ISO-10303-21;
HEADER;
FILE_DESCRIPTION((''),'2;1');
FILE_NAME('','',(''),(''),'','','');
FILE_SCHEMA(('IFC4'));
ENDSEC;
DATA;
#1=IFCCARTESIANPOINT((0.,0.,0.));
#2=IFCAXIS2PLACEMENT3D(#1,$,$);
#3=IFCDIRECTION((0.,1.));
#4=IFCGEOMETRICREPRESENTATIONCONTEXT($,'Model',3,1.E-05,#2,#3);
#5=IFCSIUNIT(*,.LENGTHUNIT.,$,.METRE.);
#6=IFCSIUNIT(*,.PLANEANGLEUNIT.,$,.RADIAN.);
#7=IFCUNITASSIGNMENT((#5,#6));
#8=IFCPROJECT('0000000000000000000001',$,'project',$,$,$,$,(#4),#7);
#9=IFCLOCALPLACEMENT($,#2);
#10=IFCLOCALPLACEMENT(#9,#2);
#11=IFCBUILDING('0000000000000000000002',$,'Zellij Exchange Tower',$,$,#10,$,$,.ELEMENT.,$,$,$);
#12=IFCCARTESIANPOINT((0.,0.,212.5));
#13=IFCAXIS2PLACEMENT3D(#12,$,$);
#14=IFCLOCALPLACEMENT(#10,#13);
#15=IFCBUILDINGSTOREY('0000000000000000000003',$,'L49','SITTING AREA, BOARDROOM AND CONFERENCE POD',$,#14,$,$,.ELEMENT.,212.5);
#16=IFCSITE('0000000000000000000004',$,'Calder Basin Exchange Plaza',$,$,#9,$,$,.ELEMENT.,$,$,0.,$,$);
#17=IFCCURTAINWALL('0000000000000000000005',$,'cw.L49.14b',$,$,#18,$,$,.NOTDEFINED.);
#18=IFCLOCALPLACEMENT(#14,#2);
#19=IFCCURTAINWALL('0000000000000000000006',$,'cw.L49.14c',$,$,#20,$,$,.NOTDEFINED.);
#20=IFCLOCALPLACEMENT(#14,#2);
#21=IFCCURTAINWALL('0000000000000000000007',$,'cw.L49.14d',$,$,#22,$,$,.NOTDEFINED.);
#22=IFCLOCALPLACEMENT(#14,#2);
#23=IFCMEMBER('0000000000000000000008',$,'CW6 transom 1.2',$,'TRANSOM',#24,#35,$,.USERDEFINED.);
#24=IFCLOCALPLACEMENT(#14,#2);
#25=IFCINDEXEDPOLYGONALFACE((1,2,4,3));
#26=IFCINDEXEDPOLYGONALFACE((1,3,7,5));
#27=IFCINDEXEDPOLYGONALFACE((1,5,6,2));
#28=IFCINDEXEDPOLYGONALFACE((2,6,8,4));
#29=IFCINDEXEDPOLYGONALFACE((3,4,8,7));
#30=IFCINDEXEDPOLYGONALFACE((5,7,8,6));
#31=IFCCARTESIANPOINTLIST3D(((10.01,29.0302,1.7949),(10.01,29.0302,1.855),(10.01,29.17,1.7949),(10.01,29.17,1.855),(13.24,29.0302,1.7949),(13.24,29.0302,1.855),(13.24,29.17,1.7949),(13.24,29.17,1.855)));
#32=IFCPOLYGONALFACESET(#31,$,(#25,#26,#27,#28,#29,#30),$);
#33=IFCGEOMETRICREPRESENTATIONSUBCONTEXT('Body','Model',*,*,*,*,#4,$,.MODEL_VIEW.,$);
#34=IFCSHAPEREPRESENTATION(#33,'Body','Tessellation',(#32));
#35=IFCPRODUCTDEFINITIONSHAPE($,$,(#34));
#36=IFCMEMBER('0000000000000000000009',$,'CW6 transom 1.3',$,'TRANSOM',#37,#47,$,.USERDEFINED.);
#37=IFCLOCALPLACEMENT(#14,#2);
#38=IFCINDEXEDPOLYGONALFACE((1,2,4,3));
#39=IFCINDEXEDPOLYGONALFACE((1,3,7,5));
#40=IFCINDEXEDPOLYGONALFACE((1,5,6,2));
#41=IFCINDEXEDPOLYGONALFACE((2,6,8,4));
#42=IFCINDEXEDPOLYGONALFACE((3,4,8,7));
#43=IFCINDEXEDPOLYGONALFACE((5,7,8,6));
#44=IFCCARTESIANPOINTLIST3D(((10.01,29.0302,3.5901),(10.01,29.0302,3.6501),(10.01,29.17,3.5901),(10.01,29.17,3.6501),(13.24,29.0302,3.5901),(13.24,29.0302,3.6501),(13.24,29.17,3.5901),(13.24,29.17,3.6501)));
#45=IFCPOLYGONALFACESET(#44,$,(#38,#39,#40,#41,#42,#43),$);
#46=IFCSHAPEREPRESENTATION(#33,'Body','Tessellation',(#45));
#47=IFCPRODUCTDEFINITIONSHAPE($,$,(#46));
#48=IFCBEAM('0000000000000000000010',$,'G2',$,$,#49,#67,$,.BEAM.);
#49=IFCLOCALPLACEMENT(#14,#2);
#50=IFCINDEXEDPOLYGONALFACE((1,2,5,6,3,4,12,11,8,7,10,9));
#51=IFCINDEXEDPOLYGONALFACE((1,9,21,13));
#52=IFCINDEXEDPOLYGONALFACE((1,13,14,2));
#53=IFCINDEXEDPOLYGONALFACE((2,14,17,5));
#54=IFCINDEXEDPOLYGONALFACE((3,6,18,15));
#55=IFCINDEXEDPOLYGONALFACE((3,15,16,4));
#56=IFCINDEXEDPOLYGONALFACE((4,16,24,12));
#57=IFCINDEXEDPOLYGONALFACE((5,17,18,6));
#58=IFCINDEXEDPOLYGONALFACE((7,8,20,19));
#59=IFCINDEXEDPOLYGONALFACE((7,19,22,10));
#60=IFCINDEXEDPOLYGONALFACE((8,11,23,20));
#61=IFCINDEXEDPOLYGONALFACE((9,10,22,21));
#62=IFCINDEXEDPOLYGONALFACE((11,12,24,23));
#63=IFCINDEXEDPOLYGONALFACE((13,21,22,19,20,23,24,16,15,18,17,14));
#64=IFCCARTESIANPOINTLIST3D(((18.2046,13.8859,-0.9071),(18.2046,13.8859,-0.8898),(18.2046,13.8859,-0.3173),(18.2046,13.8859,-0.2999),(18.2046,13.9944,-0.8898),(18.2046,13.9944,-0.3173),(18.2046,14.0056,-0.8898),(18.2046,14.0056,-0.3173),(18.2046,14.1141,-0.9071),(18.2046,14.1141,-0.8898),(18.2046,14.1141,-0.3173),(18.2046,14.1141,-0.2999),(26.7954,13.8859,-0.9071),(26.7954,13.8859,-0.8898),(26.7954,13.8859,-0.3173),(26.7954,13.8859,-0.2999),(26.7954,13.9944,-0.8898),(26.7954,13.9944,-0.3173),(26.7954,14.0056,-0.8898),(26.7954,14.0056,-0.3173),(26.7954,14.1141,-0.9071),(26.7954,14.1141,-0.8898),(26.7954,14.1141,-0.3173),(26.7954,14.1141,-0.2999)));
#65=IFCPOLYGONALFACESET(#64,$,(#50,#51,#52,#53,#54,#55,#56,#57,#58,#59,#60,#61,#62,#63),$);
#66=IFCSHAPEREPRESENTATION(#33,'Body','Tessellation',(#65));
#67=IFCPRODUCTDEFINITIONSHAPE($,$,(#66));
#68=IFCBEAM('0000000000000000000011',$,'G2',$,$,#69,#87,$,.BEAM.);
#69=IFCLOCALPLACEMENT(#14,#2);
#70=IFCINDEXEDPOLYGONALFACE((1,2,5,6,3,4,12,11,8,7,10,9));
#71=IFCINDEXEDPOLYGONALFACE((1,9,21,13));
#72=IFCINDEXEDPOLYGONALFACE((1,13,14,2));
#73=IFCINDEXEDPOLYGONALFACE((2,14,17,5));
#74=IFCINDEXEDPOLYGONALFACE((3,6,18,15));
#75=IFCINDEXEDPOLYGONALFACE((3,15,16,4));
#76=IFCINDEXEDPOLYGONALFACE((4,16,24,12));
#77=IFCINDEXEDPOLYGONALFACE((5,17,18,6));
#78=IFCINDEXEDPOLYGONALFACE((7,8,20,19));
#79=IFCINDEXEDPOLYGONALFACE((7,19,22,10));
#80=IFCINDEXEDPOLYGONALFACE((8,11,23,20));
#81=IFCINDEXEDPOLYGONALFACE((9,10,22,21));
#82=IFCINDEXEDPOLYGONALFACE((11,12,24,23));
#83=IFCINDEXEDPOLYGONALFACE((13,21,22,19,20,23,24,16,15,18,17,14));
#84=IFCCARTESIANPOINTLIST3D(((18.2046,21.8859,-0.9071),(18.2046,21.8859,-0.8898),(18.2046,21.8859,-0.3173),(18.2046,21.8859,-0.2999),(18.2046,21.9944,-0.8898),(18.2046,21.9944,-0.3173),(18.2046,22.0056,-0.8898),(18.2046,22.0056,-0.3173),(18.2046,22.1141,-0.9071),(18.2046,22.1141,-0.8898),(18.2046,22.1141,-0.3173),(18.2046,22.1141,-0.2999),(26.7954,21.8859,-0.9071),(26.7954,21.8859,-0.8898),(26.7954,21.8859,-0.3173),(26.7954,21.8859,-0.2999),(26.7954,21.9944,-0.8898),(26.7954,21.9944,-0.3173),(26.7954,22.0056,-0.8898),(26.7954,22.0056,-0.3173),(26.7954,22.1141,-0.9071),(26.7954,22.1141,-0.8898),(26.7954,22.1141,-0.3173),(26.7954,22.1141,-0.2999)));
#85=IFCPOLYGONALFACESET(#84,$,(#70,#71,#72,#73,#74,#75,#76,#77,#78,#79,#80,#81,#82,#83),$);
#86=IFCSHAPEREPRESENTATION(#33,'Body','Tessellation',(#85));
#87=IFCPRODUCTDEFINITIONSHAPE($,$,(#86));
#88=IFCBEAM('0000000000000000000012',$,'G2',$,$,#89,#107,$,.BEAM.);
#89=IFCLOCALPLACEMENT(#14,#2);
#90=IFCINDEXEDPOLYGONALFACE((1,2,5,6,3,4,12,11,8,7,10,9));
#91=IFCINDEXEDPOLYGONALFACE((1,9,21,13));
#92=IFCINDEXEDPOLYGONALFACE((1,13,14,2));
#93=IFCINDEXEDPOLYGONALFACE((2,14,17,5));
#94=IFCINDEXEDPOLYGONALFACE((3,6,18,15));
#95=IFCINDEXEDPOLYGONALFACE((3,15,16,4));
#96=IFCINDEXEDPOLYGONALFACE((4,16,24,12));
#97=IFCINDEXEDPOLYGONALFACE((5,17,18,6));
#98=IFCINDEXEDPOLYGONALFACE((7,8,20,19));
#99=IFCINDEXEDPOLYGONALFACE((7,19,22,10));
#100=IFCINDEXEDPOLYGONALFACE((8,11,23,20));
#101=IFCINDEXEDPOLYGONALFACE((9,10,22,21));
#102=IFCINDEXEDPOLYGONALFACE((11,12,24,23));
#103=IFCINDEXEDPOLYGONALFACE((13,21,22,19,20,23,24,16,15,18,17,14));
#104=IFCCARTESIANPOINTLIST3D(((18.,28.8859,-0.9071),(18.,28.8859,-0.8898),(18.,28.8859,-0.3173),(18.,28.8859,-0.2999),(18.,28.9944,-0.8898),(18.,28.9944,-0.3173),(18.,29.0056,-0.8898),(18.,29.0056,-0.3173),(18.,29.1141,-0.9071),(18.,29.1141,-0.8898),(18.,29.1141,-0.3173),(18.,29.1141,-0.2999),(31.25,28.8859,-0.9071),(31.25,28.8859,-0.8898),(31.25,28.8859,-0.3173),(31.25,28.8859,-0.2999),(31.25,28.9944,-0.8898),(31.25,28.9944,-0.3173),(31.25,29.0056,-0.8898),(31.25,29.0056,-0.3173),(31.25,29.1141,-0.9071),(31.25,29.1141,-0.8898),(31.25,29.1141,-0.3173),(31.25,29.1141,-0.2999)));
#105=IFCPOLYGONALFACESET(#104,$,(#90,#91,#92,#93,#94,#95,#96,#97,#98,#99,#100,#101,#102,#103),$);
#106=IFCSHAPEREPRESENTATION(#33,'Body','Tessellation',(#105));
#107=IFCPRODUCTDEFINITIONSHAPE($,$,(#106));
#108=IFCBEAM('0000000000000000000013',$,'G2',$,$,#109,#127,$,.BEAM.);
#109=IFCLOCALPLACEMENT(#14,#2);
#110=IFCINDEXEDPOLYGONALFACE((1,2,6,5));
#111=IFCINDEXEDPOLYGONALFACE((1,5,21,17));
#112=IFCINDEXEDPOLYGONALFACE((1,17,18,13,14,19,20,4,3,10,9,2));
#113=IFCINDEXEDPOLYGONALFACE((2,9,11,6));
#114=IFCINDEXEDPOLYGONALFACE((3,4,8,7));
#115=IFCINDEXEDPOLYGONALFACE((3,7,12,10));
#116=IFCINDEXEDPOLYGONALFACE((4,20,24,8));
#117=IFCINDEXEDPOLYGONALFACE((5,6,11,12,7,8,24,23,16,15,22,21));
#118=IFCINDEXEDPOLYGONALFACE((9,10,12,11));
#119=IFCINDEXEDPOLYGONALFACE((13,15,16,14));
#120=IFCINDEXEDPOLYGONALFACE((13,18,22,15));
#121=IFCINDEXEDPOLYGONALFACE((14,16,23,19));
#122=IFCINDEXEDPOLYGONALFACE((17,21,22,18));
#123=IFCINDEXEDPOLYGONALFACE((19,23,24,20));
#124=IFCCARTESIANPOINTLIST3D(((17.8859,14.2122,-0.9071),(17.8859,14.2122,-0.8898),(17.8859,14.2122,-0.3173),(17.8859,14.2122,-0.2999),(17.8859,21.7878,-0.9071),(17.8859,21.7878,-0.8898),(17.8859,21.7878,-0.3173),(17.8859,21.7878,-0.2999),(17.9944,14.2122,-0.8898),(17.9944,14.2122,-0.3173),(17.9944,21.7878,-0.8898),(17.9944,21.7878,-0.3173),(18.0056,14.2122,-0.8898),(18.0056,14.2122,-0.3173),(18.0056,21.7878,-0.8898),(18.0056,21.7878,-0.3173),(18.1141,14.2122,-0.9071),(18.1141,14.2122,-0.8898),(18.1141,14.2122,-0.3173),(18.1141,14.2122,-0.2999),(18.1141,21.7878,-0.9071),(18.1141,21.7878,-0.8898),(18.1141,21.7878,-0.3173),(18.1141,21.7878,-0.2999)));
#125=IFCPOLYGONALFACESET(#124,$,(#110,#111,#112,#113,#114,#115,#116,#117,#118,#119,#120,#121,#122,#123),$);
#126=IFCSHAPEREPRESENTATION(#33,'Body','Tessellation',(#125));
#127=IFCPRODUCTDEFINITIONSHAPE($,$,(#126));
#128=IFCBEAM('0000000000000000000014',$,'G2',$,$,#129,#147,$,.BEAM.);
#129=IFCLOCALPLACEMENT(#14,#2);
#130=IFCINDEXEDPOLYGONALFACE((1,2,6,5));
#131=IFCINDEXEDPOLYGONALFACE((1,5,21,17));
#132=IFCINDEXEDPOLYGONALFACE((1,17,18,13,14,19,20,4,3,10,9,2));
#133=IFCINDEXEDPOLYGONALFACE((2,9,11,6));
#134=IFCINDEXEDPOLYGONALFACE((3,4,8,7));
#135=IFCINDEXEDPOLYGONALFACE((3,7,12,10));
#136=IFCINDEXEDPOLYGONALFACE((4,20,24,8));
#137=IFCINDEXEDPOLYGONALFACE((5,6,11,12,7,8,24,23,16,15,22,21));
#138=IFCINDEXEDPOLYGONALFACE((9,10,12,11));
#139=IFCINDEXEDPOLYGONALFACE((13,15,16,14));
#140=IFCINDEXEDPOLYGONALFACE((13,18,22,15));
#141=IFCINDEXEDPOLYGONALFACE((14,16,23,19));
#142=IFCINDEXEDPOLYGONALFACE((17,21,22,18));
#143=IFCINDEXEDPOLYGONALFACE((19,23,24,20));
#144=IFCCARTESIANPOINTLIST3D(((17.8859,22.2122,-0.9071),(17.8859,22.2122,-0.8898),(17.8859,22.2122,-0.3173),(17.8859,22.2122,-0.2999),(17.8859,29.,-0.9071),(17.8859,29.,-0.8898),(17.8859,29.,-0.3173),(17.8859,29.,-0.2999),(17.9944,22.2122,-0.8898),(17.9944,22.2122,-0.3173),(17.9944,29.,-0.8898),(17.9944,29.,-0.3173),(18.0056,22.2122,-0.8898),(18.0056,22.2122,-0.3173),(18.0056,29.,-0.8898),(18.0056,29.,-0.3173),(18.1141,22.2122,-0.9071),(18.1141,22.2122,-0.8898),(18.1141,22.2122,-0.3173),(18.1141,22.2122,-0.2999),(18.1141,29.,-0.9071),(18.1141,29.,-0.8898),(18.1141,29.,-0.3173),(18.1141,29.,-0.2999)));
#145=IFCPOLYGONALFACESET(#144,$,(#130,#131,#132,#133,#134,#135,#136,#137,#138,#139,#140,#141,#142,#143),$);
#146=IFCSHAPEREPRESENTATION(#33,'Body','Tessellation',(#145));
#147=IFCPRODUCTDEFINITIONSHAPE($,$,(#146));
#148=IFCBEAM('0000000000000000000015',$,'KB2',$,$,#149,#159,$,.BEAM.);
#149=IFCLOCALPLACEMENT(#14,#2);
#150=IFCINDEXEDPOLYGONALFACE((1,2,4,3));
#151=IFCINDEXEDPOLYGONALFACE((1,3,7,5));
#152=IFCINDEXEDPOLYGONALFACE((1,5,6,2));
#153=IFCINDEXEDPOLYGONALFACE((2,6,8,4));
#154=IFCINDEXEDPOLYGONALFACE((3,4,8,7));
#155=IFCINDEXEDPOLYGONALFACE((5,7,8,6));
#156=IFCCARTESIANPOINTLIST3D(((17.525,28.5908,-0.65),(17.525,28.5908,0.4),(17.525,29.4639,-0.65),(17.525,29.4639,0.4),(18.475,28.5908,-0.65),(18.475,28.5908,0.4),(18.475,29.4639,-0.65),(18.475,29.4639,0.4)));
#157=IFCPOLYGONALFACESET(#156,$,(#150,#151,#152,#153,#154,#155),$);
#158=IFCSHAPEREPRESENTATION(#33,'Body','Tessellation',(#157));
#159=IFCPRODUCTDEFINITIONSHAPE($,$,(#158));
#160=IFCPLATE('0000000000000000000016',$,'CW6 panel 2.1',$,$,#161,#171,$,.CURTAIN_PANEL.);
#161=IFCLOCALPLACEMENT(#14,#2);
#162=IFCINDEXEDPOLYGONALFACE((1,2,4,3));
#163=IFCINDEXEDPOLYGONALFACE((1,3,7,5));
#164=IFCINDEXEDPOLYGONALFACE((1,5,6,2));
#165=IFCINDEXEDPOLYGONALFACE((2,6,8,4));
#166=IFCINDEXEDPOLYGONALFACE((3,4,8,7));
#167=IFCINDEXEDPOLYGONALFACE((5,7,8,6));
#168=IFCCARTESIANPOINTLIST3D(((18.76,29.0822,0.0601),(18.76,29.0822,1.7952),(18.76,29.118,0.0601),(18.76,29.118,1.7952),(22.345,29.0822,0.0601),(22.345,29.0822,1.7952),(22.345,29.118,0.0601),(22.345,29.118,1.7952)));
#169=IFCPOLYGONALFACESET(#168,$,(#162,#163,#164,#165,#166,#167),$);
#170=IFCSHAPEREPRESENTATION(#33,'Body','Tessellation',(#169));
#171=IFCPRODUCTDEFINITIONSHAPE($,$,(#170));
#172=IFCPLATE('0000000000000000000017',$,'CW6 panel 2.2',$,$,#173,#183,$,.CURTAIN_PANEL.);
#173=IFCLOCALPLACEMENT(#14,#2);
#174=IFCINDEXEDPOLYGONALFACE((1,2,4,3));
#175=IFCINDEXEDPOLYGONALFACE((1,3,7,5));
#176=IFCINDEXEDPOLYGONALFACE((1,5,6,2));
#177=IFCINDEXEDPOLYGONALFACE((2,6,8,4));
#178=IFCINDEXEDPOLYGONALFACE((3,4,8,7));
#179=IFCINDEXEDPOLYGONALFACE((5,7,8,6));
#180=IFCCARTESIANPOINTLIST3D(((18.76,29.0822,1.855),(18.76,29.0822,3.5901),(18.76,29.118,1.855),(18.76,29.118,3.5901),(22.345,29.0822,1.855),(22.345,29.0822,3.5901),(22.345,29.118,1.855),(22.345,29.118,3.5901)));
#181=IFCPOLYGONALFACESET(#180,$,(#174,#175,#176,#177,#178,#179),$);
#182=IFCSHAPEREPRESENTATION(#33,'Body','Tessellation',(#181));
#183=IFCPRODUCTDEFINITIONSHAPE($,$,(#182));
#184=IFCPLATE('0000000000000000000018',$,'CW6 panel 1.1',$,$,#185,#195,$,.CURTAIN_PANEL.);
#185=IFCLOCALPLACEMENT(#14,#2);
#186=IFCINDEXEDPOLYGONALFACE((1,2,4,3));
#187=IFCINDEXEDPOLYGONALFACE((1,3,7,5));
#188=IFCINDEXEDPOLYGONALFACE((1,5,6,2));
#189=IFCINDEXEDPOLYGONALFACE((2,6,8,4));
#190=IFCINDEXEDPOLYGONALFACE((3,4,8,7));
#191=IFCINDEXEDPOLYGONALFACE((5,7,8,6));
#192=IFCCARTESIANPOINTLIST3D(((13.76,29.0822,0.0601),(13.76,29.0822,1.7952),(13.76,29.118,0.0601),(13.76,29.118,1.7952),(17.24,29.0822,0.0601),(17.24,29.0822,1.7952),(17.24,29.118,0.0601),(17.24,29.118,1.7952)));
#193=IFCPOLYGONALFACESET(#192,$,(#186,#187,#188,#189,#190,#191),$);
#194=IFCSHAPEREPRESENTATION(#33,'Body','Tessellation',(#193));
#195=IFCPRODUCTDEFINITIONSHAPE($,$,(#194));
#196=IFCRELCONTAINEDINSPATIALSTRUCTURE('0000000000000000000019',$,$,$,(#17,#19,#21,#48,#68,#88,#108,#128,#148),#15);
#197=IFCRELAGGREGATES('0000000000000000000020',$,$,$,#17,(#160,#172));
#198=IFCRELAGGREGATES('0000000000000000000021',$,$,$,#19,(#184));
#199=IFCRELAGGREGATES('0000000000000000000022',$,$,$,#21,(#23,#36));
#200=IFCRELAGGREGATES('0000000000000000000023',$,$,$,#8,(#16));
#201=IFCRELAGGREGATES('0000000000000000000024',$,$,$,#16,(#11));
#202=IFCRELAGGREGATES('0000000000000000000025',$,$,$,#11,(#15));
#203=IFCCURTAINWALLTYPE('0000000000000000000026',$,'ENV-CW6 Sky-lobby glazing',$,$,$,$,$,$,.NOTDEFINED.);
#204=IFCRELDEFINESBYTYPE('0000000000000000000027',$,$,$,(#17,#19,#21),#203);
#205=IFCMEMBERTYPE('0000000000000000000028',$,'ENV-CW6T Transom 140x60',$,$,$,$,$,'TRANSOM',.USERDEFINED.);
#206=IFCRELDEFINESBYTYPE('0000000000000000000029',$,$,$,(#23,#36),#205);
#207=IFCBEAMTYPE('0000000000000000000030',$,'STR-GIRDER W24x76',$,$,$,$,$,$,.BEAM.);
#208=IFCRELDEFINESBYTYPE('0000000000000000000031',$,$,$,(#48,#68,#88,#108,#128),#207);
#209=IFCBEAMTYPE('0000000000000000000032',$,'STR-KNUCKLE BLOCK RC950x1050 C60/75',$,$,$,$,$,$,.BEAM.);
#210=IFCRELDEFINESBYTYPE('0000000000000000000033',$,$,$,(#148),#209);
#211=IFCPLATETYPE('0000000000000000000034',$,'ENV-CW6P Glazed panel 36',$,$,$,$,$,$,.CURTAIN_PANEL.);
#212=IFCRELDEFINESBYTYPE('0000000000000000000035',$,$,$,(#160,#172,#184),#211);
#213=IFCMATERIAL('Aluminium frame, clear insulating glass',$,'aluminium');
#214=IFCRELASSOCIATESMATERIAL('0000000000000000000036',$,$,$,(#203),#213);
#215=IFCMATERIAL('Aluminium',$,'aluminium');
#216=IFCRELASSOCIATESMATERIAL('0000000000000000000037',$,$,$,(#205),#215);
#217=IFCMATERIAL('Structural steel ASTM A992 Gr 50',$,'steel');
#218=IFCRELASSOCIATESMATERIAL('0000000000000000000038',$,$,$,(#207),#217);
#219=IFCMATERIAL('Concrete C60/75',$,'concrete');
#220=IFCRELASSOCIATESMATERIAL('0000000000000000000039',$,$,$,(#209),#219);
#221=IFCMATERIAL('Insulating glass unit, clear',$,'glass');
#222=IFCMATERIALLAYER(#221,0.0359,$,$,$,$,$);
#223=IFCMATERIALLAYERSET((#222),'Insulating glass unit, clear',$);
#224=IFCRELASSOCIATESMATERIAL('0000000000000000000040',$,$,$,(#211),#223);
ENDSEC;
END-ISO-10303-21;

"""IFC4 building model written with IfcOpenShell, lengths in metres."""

from ifc_helpers import new_model, si_unit, direction, frame, origin, origin_2d, place, context, subcontext, project, spatial, rectangle, i_section, extrude, material, layer, layer_set, material_profile, profile_set, type_object, element, aggregate, save


model = new_model("IFC4")

# Units and contexts
model_context = context("Model", 3, precision=1e-05, world=origin(), true_north=direction((0.0, 1.0)))
body_context = subcontext(model_context, "Body", "Model", "MODEL_VIEW")
ifc_project = project(units=[si_unit("LENGTHUNIT", "METRE"), si_unit("PLANEANGLEUNIT", "RADIAN")], contexts=[model_context])

# Site, building, storey
site_placement = place(None, origin())
site = spatial("IfcSite", under=ifc_project, at=site_placement, Name="Calder Basin Exchange Plaza", CompositionType="ELEMENT", RefElevation=0.0)
building_placement = place(site_placement, origin())
building = spatial("IfcBuilding", under=site, at=building_placement, Name="Zellij Exchange Tower", CompositionType="ELEMENT")
storey_placement = place(building_placement, frame((0.0, 0.0, 212.5)))
storey = spatial("IfcBuildingStorey", under=building, at=storey_placement, Name="L49", Description="SITTING AREA, BOARDROOM AND CONFERENCE POD", CompositionType="ELEMENT", Elevation=212.5)

# Shared definitions
ifc_material_1 = material(Name="Concrete C60/75", Category="concrete")

# Curtain wall
ifc_material_2 = material(Name="Aluminium frame, clear insulating glass", Category="aluminium")
curtain_wall_type = type_object("IfcCurtainWallType", Name="ENV-CW6 Sky-lobby glazing", PredefinedType="NOTDEFINED", material=ifc_material_2)
curtain_wall_1_placement = place(storey_placement, origin())
curtain_wall_1 = element("IfcCurtainWall", 1, at=curtain_wall_1_placement, inside=storey, type_object=curtain_wall_type, Name="cw.L49.14b", PredefinedType="NOTDEFINED")
ifc_material_3 = material(Name="Aluminium", Category="aluminium")

# Curtain wall
curtain_wall_2_placement = place(storey_placement, origin())
curtain_wall_2 = element("IfcCurtainWall", 2, at=curtain_wall_2_placement, inside=storey, type_object=curtain_wall_type, Name="cw.L49.14c", PredefinedType="NOTDEFINED")

# Curtain wall
curtain_wall_3_placement = place(storey_placement, origin())
curtain_wall_3 = element("IfcCurtainWall", 3, at=curtain_wall_3_placement, inside=storey, type_object=curtain_wall_type, Name="cw.L49.14d", PredefinedType="NOTDEFINED")

# Members
ifc_material_profile_1 = material_profile(ifc_material_3, rectangle(XDim=0.1399, YDim=0.0601, at=origin_2d()), Name="AL 140x60")
ifc_profile_set_1 = profile_set([ifc_material_profile_1], Name="Aluminium")
member_type_1 = type_object("IfcMemberType", Name="ENV-CW6T Transom 140x60", ElementType="TRANSOM", PredefinedType="USERDEFINED", material=ifc_profile_set_1)
member_1_placement = place(storey_placement, frame((13.24, 29.1001, 1.825), z_axis=(-1.0, 0.0, 0.0), x_axis=(0.0, -1.0, 0.0)))
member_1 = element("IfcMember", 4, at=member_1_placement, type_object=member_type_1, Name="CW6 transom 1.2", ObjectType="TRANSOM", PredefinedType="USERDEFINED", context=body_context, shape_type="SweptSolid", body=[
    extrude(rectangle(XDim=0.1399, YDim=0.0601, at=origin_2d()), origin(), (0.0, 0.0, 1.0), 3.23),
])
member_2_placement = place(storey_placement, frame((13.24, 29.1001, 3.6201), z_axis=(-1.0, 0.0, 0.0), x_axis=(0.0, -1.0, 0.0)))
member_2 = element("IfcMember", 5, at=member_2_placement, type_object=member_type_1, Name="CW6 transom 1.3", ObjectType="TRANSOM", PredefinedType="USERDEFINED", context=body_context, shape_type="SweptSolid", body=[
    extrude(rectangle(XDim=0.1399, YDim=0.0601, at=origin_2d()), origin(), (0.0, 0.0, 1.0), 3.23),
])

# Beams
ifc_material_4 = material(Name="Structural steel ASTM A992 Gr 50", Category="steel")
ifc_material_profile_2 = material_profile(ifc_material_4, i_section(OverallWidth=0.2283, OverallDepth=0.6072, WebThickness=0.0112, FlangeThickness=0.0173, at=origin_2d()), Name="W24x76")
ifc_profile_set_2 = profile_set([ifc_material_profile_2], Name="Structural steel ASTM A992 Gr 50")
beam_type_1 = type_object("IfcBeamType", Name="STR-GIRDER W24x76", PredefinedType="BEAM", material=ifc_profile_set_2)
for number, where, z_axis, x_axis, name in (
    (6, (18.2046, 14.0, -0.6035), (1.0, 0.0, 0.0), (0.0, 1.0, 0.0), "G2"),
    (7, (18.2046, 22.0, -0.6035), (1.0, 0.0, 0.0), (0.0, 1.0, 0.0), "G2"),
):
    element("IfcBeam", number, at=place(storey_placement, frame(where, z_axis=z_axis, x_axis=x_axis)), inside=storey, type_object=beam_type_1, Name=name, PredefinedType="BEAM", context=body_context, shape_type="SweptSolid", body=[
        extrude(i_section(OverallWidth=0.2283, OverallDepth=0.6072, WebThickness=0.0112, FlangeThickness=0.0173, at=origin_2d()), origin(), (0.0, 0.0, 1.0), 8.5908),
    ])
beam_1_placement = place(storey_placement, frame((18.0, 29.0, -0.6035), z_axis=(1.0, 0.0, 0.0), x_axis=(0.0, 1.0, 0.0)))
element("IfcBeam", 8, at=beam_1_placement, inside=storey, type_object=beam_type_1, Name="G2", PredefinedType="BEAM", context=body_context, shape_type="SweptSolid", body=[
    extrude(i_section(OverallWidth=0.2283, OverallDepth=0.6072, WebThickness=0.0112, FlangeThickness=0.0173, at=origin_2d()), origin(), (0.0, 0.0, 1.0), 13.25),
])
beam_2_placement = place(storey_placement, frame((18.0, 14.2122, -0.6035), z_axis=(0.0, 1.0, 0.0), x_axis=(-1.0, 0.0, 0.0)))
element("IfcBeam", 9, at=beam_2_placement, inside=storey, type_object=beam_type_1, Name="G2", PredefinedType="BEAM", context=body_context, shape_type="SweptSolid", body=[
    extrude(i_section(OverallWidth=0.2283, OverallDepth=0.6072, WebThickness=0.0112, FlangeThickness=0.0173, at=origin_2d()), origin(), (0.0, 0.0, 1.0), 7.5757),
])
beam_3_placement = place(storey_placement, frame((18.0, 22.2122, -0.6035), z_axis=(0.0, 1.0, 0.0), x_axis=(-1.0, 0.0, 0.0)))
element("IfcBeam", 10, at=beam_3_placement, inside=storey, type_object=beam_type_1, Name="G2", PredefinedType="BEAM", context=body_context, shape_type="SweptSolid", body=[
    extrude(i_section(OverallWidth=0.2283, OverallDepth=0.6072, WebThickness=0.0112, FlangeThickness=0.0173, at=origin_2d()), origin(), (0.0, 0.0, 1.0), 6.7878),
])
ifc_material_profile_3 = material_profile(ifc_material_1, rectangle(XDim=0.95, YDim=1.05, at=origin_2d()), Name="STR-KNUCKLE BLOCK RC950x1050 C60/75")
ifc_profile_set_3 = profile_set([ifc_material_profile_3], Name="Concrete C60/75")
beam_type_2 = type_object("IfcBeamType", Name="STR-KNUCKLE BLOCK RC950x1050 C60/75", PredefinedType="BEAM", material=ifc_profile_set_3)
beam_4_placement = place(storey_placement, frame((18.0, 28.5908, -0.125), z_axis=(0.0, 1.0, 0.0), x_axis=(-1.0, 0.0, 0.0)))
element("IfcBeam", 11, at=beam_4_placement, inside=storey, type_object=beam_type_2, Name="KB2", PredefinedType="BEAM", context=body_context, shape_type="SweptSolid", body=[
    extrude(rectangle(XDim=0.95, YDim=1.05, at=origin_2d()), origin(), (0.0, 0.0, 1.0), 0.873),
])

# Plates
ifc_material_5 = material(Name="Insulating glass unit, clear", Category="glass")
ifc_layer_1 = layer(ifc_material_5, 0.0359)
ifc_layer_set_1 = layer_set([ifc_layer_1], Name="Insulating glass unit, clear")
plate_type = type_object("IfcPlateType", Name="ENV-CW6P Glazed panel 36", PredefinedType="CURTAIN_PANEL", material=ifc_layer_set_1)
plate_1_placement = place(storey_placement, frame((20.5525, 29.1001, 0.0601), z_axis=(0.0, 0.0, 1.0), x_axis=(-1.0, 0.0, 0.0)))
plate_1 = element("IfcPlate", 12, at=plate_1_placement, type_object=plate_type, Name="CW6 panel 2.1", PredefinedType="CURTAIN_PANEL", context=body_context, shape_type="SweptSolid", body=[
    extrude(rectangle(XDim=3.585, YDim=0.0359, at=origin_2d()), origin(), (0.0, 0.0, 1.0), 1.7351),
])
plate_2_placement = place(storey_placement, frame((20.5525, 29.1001, 1.855), z_axis=(0.0, 0.0, 1.0), x_axis=(-1.0, 0.0, 0.0)))
plate_2 = element("IfcPlate", 13, at=plate_2_placement, type_object=plate_type, Name="CW6 panel 2.2", PredefinedType="CURTAIN_PANEL", context=body_context, shape_type="SweptSolid", body=[
    extrude(rectangle(XDim=3.585, YDim=0.0359, at=origin_2d()), origin(), (0.0, 0.0, 1.0), 1.7351),
])
aggregate(curtain_wall_1, [plate_1, plate_2])
plate_3_placement = place(storey_placement, frame((15.5, 29.1001, 0.0601), z_axis=(0.0, 0.0, 1.0), x_axis=(-1.0, 0.0, 0.0)))
plate_3 = element("IfcPlate", 14, at=plate_3_placement, type_object=plate_type, Name="CW6 panel 1.1", PredefinedType="CURTAIN_PANEL", context=body_context, shape_type="SweptSolid", body=[
    extrude(rectangle(XDim=3.48, YDim=0.0359, at=origin_2d()), origin(), (0.0, 0.0, 1.0), 1.7351),
])
aggregate(curtain_wall_2, [plate_3])
aggregate(curtain_wall_3, [member_1, member_2])

save(model, "model.ifc")
